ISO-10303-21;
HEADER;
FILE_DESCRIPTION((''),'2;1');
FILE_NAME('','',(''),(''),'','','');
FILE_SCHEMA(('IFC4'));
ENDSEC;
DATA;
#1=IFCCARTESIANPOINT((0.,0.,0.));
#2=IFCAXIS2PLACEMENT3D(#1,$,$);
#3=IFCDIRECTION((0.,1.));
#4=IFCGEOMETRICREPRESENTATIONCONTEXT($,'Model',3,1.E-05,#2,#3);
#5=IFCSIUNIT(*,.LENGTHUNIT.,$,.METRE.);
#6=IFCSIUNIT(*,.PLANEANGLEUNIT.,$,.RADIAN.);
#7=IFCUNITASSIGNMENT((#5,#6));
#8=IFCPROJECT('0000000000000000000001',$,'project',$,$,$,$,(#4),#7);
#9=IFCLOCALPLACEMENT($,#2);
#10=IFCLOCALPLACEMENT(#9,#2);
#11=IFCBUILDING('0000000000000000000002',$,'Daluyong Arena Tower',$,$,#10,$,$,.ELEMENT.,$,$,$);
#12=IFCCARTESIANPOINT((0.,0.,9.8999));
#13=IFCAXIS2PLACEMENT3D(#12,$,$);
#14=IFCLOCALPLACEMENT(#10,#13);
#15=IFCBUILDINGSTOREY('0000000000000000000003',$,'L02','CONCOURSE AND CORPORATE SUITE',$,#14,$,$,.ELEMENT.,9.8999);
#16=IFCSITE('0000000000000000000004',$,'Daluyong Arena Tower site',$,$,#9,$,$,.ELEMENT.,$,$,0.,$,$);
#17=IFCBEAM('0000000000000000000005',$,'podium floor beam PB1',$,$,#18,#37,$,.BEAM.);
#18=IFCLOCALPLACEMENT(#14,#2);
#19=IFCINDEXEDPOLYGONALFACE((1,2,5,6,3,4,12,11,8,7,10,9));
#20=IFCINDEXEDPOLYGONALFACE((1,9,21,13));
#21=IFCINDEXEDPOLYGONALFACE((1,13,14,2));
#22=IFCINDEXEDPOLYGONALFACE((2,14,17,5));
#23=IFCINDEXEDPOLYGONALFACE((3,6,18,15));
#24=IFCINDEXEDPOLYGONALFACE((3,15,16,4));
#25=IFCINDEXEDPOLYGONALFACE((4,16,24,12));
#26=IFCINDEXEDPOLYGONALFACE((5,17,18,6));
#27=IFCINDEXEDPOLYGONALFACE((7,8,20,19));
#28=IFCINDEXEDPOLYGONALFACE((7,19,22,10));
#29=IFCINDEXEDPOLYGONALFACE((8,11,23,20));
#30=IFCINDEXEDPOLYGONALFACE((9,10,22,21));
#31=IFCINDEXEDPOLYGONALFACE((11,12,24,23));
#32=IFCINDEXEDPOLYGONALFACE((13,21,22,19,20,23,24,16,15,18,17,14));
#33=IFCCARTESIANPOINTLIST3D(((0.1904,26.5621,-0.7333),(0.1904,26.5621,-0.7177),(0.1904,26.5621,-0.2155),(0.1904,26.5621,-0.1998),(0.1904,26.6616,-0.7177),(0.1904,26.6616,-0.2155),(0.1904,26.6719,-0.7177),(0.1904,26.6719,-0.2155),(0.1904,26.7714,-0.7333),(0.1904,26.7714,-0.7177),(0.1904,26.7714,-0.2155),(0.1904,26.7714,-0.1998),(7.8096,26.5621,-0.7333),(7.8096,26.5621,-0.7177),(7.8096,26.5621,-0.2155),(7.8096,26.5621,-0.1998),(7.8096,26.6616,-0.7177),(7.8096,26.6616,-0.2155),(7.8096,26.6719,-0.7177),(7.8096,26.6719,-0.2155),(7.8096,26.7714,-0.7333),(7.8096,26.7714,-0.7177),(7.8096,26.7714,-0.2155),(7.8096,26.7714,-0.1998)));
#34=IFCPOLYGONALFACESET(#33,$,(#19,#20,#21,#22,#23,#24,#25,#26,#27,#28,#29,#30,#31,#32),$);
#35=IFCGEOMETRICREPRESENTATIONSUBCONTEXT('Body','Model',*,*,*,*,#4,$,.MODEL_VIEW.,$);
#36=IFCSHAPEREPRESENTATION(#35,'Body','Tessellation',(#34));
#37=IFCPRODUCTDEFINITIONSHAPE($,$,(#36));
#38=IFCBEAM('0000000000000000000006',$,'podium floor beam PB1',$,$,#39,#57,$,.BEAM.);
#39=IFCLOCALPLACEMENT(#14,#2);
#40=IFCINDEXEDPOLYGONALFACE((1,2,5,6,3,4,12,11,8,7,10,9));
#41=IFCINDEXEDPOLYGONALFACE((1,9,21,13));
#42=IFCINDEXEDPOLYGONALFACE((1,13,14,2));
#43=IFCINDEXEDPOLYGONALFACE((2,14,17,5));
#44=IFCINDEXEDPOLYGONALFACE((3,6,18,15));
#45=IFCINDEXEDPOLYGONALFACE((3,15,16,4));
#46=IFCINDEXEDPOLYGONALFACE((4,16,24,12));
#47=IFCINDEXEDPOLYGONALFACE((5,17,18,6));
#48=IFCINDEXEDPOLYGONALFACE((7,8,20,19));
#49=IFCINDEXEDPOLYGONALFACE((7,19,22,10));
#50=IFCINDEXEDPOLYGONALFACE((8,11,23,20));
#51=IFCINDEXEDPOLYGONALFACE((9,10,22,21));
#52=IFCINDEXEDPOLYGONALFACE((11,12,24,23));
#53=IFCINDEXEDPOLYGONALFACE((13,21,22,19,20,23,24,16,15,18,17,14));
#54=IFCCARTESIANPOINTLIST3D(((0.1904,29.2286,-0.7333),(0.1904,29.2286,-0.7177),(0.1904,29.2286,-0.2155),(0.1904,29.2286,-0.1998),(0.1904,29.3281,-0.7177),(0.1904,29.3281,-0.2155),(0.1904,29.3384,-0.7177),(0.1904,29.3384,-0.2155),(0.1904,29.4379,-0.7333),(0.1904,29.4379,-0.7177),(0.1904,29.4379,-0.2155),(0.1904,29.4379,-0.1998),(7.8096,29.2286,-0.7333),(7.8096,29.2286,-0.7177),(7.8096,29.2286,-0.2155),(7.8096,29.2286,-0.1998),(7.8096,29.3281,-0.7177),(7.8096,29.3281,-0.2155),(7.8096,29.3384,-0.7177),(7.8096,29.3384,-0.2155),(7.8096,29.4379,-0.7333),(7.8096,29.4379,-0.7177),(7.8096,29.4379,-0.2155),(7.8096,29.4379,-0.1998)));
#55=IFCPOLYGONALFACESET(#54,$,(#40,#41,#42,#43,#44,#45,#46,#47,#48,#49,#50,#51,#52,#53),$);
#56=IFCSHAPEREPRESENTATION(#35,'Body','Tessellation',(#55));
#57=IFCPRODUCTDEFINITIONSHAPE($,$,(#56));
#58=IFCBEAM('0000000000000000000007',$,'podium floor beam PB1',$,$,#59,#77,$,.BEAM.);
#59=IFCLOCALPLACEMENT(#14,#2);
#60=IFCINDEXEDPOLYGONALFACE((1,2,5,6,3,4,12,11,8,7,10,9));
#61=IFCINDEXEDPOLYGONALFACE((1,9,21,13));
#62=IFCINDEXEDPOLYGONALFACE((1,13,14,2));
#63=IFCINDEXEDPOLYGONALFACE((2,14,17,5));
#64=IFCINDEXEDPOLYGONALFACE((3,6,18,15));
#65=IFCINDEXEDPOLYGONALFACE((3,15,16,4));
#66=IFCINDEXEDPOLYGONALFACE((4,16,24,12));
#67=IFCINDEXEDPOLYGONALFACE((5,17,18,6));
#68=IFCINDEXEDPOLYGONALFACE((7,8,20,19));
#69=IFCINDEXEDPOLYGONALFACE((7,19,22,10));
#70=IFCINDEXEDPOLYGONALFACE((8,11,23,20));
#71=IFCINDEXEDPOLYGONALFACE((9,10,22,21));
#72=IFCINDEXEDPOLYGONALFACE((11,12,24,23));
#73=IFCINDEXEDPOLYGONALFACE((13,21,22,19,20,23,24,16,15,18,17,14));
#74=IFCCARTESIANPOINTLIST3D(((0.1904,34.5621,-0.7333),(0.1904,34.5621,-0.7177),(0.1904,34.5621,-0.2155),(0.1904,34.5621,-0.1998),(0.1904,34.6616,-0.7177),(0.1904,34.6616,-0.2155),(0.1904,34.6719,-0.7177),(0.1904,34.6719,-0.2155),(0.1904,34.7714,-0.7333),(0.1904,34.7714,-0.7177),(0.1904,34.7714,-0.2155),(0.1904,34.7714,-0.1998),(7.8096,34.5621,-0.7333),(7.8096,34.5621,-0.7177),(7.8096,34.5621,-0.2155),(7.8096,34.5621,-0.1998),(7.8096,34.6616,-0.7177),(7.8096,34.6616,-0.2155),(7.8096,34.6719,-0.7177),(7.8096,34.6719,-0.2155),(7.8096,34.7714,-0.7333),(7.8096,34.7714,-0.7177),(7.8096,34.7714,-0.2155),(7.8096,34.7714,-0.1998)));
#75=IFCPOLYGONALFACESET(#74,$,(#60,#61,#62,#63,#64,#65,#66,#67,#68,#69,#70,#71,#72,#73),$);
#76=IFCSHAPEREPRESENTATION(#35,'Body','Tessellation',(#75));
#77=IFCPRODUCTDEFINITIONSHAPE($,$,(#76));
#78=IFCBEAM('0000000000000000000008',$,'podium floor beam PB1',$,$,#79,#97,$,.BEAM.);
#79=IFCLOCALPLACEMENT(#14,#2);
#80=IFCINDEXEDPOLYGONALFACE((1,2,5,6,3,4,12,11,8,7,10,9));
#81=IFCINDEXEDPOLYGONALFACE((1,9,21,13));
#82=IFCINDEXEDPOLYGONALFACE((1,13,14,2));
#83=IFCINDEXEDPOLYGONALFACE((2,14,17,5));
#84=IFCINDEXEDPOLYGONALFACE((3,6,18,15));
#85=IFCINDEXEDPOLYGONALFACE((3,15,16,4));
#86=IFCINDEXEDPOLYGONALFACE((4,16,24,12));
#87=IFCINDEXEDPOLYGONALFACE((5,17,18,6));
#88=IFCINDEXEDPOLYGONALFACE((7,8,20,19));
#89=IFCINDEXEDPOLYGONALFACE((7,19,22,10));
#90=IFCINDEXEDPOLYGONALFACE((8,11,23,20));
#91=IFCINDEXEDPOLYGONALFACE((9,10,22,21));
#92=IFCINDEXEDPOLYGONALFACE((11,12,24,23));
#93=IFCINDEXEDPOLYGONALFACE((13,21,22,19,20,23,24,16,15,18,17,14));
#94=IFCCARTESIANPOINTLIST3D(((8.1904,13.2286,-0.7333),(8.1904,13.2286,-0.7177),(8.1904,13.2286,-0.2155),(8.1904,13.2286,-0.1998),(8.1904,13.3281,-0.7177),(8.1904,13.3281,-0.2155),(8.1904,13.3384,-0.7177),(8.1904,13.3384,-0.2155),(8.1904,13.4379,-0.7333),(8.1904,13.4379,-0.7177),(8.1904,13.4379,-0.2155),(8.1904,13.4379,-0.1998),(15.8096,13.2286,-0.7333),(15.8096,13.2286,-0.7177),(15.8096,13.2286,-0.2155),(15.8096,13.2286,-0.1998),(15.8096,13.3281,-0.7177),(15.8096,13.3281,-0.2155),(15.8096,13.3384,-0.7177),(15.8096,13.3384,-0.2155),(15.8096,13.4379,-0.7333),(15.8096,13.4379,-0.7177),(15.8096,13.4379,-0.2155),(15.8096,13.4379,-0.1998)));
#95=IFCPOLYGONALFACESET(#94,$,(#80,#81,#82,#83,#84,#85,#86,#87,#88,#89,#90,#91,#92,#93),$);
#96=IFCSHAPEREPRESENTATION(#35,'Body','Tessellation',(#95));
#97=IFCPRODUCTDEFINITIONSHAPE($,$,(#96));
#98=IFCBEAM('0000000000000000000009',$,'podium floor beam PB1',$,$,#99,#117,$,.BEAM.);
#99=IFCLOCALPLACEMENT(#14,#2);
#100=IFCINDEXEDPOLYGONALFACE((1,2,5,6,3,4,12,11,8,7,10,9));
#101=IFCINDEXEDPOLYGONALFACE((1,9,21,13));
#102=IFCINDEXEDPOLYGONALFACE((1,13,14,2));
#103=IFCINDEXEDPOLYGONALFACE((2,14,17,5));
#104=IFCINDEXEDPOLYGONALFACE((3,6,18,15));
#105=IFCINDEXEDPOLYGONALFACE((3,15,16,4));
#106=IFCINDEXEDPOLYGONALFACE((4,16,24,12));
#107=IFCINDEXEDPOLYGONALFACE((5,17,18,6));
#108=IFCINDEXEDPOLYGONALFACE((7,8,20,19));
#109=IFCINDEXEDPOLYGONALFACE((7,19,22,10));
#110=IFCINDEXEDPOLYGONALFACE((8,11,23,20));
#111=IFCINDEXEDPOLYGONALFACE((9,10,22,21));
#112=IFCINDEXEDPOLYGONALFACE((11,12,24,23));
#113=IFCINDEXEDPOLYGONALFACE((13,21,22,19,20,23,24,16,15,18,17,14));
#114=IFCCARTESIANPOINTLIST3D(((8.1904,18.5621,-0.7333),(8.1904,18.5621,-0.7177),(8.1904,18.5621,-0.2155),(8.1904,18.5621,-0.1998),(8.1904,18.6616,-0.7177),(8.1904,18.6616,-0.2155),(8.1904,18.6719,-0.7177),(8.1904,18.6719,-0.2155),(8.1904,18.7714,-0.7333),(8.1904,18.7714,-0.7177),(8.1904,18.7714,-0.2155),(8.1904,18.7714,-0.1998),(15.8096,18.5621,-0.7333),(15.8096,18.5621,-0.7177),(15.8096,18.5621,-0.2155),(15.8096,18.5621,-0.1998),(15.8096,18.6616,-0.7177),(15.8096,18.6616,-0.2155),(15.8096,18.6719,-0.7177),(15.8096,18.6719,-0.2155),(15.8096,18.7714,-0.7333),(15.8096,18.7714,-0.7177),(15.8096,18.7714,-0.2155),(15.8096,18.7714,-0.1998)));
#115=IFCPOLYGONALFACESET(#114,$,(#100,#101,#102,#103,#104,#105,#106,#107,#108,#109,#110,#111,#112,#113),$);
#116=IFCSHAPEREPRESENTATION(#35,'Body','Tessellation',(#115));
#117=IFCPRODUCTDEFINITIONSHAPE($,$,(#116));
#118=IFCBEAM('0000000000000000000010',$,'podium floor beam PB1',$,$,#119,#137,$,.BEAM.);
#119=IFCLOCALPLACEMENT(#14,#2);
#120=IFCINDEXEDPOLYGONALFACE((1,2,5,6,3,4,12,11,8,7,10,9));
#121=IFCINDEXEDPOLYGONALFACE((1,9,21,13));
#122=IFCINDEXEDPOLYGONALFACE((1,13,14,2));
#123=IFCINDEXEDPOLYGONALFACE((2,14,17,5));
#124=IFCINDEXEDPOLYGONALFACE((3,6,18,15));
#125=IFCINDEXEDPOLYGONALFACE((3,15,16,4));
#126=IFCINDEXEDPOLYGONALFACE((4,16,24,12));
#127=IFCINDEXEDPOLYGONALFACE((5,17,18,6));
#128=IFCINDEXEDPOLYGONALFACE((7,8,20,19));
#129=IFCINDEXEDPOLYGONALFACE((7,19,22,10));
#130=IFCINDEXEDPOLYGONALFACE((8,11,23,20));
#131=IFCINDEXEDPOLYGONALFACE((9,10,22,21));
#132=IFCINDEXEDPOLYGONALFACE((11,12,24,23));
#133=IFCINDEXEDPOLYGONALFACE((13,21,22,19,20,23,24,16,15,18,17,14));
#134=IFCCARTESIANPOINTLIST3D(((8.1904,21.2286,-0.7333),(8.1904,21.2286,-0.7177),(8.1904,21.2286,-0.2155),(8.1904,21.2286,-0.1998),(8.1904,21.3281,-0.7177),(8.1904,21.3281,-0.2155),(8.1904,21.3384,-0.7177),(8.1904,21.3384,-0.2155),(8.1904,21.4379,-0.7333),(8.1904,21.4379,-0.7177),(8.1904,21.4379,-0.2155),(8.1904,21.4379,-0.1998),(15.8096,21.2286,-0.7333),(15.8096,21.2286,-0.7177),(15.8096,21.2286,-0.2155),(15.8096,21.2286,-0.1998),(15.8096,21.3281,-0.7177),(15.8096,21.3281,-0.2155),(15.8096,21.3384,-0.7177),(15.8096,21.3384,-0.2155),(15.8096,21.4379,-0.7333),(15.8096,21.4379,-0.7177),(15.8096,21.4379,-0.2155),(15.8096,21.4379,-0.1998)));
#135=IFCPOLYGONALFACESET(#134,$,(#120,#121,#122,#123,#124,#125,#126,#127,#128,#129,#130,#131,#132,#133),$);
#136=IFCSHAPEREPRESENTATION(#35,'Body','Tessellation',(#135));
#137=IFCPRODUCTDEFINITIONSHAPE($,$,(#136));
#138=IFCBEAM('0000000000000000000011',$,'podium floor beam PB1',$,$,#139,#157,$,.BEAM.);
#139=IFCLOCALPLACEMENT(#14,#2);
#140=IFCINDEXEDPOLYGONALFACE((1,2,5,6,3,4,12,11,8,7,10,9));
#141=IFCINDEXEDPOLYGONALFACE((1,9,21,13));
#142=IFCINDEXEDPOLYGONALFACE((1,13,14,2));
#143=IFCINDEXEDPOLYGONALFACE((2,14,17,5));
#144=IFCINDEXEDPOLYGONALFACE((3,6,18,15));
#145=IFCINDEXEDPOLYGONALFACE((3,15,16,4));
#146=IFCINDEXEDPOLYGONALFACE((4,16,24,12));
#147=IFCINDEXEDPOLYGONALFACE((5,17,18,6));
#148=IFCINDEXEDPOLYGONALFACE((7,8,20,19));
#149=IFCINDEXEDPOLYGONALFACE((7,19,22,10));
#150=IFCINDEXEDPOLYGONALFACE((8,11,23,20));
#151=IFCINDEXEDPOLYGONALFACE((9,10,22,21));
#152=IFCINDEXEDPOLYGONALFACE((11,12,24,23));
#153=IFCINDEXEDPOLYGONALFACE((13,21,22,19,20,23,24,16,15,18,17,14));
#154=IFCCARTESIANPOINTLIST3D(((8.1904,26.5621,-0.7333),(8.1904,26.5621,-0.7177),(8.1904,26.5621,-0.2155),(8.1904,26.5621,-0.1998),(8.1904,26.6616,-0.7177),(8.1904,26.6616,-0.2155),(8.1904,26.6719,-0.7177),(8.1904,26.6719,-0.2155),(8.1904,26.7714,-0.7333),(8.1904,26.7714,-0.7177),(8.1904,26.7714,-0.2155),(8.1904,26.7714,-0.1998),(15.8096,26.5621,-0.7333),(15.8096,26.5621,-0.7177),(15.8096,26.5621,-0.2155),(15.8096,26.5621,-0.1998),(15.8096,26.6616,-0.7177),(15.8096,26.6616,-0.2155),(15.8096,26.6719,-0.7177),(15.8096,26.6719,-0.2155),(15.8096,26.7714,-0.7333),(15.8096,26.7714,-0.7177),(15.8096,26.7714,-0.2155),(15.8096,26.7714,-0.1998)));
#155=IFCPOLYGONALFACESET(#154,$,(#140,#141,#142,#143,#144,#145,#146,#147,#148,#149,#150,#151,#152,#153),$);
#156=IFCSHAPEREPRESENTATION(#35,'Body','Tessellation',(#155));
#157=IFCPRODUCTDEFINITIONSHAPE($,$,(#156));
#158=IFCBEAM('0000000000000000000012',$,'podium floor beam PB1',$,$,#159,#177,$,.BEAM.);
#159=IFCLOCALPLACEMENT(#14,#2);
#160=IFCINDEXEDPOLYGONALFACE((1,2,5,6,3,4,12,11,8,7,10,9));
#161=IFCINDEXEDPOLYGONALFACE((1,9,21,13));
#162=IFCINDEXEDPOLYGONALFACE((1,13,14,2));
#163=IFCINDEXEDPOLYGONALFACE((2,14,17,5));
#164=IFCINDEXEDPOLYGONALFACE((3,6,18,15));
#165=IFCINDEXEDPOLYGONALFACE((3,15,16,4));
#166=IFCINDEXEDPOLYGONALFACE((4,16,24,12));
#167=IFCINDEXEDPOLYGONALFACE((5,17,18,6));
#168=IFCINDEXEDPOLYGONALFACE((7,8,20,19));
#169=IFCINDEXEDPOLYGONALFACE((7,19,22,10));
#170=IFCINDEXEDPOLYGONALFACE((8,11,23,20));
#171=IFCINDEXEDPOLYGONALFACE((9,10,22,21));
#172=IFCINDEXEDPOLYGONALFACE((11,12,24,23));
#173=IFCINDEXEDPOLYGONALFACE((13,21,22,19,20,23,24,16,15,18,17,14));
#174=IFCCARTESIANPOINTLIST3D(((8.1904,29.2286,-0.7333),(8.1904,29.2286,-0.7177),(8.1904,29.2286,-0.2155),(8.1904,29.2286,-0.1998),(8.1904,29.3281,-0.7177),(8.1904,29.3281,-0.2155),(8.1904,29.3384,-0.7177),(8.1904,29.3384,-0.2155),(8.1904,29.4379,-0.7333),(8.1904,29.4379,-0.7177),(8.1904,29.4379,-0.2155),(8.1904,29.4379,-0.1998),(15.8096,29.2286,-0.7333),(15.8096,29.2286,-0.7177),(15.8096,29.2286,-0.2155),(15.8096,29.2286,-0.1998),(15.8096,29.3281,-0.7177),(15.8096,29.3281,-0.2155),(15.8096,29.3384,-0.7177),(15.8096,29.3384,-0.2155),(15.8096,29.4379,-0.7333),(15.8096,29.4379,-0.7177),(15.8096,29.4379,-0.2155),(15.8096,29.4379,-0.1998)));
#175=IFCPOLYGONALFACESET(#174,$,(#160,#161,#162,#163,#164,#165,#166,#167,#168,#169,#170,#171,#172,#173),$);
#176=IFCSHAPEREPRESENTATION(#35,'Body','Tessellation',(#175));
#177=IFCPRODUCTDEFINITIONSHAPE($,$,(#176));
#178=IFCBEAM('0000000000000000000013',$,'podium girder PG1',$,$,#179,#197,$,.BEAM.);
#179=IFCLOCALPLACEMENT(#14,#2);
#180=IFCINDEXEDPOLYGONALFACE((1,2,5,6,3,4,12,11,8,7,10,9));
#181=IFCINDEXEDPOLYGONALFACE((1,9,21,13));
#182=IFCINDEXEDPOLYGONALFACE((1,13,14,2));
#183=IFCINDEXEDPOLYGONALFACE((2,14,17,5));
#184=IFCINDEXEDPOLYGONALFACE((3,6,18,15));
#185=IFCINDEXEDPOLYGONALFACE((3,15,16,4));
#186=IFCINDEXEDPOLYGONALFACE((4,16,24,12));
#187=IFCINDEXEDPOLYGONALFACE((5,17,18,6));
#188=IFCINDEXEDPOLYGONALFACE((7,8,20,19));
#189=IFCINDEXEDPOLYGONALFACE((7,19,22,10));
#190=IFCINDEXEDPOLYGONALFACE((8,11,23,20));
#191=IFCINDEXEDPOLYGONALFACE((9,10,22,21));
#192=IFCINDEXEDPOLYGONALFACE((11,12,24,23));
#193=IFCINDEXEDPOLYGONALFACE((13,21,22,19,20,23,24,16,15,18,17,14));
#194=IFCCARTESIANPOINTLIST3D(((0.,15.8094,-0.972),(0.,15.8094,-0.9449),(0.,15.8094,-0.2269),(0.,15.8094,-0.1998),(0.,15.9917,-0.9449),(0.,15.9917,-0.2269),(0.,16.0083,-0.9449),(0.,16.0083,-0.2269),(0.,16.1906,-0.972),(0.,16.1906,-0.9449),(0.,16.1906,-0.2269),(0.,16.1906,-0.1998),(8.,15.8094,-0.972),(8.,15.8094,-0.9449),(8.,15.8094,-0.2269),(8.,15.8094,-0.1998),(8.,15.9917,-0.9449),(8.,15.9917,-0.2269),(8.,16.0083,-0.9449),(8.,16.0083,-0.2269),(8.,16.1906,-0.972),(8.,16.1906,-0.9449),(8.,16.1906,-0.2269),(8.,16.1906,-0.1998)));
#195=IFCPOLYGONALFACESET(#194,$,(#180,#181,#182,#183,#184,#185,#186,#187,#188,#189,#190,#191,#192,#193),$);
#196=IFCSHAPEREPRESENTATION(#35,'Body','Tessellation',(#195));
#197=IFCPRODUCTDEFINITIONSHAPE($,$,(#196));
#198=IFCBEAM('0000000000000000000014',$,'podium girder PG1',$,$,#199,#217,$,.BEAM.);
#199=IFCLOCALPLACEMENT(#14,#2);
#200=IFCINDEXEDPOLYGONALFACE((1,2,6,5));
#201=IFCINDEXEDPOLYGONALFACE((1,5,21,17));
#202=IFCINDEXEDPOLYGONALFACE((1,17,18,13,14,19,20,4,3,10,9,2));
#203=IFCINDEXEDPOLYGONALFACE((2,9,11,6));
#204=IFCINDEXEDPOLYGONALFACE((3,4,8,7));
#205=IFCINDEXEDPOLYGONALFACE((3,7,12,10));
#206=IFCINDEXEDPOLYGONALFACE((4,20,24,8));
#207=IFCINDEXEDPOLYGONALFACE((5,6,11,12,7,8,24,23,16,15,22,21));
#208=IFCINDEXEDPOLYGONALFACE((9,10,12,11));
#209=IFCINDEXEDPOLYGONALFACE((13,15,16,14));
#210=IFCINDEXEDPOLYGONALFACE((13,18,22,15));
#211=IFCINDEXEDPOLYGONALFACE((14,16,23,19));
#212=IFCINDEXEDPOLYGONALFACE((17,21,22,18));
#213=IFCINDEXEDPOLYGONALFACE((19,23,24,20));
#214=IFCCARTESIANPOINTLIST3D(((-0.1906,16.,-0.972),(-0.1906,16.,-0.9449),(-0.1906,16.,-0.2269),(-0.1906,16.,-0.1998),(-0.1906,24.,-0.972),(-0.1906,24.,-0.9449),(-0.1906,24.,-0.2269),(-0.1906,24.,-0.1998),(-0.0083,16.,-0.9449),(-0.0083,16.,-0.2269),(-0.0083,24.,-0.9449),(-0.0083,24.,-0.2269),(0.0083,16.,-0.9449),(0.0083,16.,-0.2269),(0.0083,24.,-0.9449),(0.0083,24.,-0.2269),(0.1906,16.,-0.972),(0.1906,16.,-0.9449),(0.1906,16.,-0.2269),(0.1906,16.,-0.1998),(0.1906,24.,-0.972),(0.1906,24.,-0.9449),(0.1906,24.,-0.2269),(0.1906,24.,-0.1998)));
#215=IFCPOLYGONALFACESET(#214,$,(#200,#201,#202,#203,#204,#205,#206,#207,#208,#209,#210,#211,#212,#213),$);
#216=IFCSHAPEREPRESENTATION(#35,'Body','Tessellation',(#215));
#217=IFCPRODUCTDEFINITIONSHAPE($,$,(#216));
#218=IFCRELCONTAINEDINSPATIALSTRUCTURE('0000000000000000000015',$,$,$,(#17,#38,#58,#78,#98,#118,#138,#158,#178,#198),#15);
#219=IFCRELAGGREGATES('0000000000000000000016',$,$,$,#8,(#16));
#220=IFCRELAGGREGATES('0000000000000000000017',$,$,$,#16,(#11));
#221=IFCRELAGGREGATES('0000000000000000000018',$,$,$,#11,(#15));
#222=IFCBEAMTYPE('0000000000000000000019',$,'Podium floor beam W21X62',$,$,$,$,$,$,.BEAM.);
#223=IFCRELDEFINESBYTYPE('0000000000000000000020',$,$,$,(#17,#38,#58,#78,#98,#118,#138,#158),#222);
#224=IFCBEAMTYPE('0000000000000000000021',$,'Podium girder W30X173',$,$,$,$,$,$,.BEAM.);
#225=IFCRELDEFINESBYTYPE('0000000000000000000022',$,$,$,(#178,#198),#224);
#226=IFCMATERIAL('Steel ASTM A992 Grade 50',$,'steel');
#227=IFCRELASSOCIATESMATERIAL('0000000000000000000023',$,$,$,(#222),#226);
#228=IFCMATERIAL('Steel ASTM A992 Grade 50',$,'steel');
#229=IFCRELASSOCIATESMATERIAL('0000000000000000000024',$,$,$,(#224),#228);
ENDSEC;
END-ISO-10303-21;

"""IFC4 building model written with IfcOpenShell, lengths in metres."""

from ifc_helpers import new_model, si_unit, direction, frame, origin, origin_2d, place, context, subcontext, project, spatial, i_section, extrude, material, material_profile, profile_set, type_object, element, save


model = new_model("IFC4")

# Units and contexts
model_context = context("Model", 3, precision=1e-05, world=origin(), true_north=direction((0.0, 1.0)))
body_context = subcontext(model_context, "Body", "Model", "MODEL_VIEW")
ifc_project = project(units=[si_unit("LENGTHUNIT", "METRE"), si_unit("PLANEANGLEUNIT", "RADIAN")], contexts=[model_context])

# Site, building, storey
site_placement = place(None, origin())
site = spatial("IfcSite", under=ifc_project, at=site_placement, Name="Daluyong Arena Tower site", CompositionType="ELEMENT", RefElevation=0.0)
building_placement = place(site_placement, origin())
building = spatial("IfcBuilding", under=site, at=building_placement, Name="Daluyong Arena Tower", CompositionType="ELEMENT")
storey_placement = place(building_placement, frame((0.0, 0.0, 9.8999)))
storey = spatial("IfcBuildingStorey", under=building, at=storey_placement, Name="L02", Description="CONCOURSE AND CORPORATE SUITE", CompositionType="ELEMENT", Elevation=9.8999)

# Beams
ifc_material_1 = material(Name="Steel ASTM A992 Grade 50", Category="steel")
ifc_material_profile_1 = material_profile(ifc_material_1, i_section(OverallWidth=0.2092, OverallDepth=0.5334, WebThickness=0.0103, FlangeThickness=0.0156, at=origin_2d()))
ifc_profile_set_1 = profile_set([ifc_material_profile_1], Name="Steel ASTM A992 Grade 50")
beam_type_1 = type_object("IfcBeamType", Name="Podium floor beam W21X62", PredefinedType="BEAM", material=ifc_profile_set_1)
for number, where, z_axis, x_axis, name in (
    (1, (0.1904, 26.6667, -0.4666), (1.0, 0.0, 0.0), (0.0, 1.0, 0.0), "podium floor beam PB1"),
    (2, (0.1904, 29.3333, -0.4666), (1.0, 0.0, 0.0), (0.0, 1.0, 0.0), "podium floor beam PB1"),
    (3, (0.1904, 34.6667, -0.4666), (1.0, 0.0, 0.0), (0.0, 1.0, 0.0), "podium floor beam PB1"),
    (4, (8.1904, 13.3333, -0.4666), (1.0, 0.0, 0.0), (0.0, 1.0, 0.0), "podium floor beam PB1"),
    (5, (8.1904, 18.6667, -0.4666), (1.0, 0.0, 0.0), (0.0, 1.0, 0.0), "podium floor beam PB1"),
    (6, (8.1904, 21.3333, -0.4666), (1.0, 0.0, 0.0), (0.0, 1.0, 0.0), "podium floor beam PB1"),
    (7, (8.1904, 26.6667, -0.4666), (1.0, 0.0, 0.0), (0.0, 1.0, 0.0), "podium floor beam PB1"),
    (8, (8.1904, 29.3333, -0.4666), (1.0, 0.0, 0.0), (0.0, 1.0, 0.0), "podium floor beam PB1"),
):
    element("IfcBeam", number, at=place(storey_placement, frame(where, z_axis=z_axis, x_axis=x_axis)), inside=storey, type_object=beam_type_1, Name=name, PredefinedType="BEAM", context=body_context, shape_type="SweptSolid", body=[
        extrude(i_section(OverallWidth=0.2092, OverallDepth=0.5334, WebThickness=0.0103, FlangeThickness=0.0156, at=origin_2d()), origin(), (0.0, 0.0, 1.0), 7.6191),
    ])
ifc_material_2 = material(Name="Steel ASTM A992 Grade 50", Category="steel")
ifc_material_profile_2 = material_profile(ifc_material_2, i_section(OverallWidth=0.3811, OverallDepth=0.7722, WebThickness=0.0166, FlangeThickness=0.0271, at=origin_2d()))
ifc_profile_set_2 = profile_set([ifc_material_profile_2], Name="Steel ASTM A992 Grade 50")
beam_type_2 = type_object("IfcBeamType", Name="Podium girder W30X173", PredefinedType="BEAM", material=ifc_profile_set_2)
for number, where, z_axis, x_axis, name in (
    (9, (0.0, 16.0, -0.5859), (1.0, 0.0, 0.0), (0.0, 1.0, 0.0), "podium girder PG1"),
    (10, (0.0, 16.0, -0.5859), (0.0, 1.0, 0.0), (-1.0, 0.0, 0.0), "podium girder PG1"),
):
    element("IfcBeam", number, at=place(storey_placement, frame(where, z_axis=z_axis, x_axis=x_axis)), inside=storey, type_object=beam_type_2, Name=name, PredefinedType="BEAM", context=body_context, shape_type="SweptSolid", body=[
        extrude(i_section(OverallWidth=0.3811, OverallDepth=0.7722, WebThickness=0.0166, FlangeThickness=0.0271, at=origin_2d()), origin(), (0.0, 0.0, 1.0), 8.0),
    ])

save(model, "model.ifc")
